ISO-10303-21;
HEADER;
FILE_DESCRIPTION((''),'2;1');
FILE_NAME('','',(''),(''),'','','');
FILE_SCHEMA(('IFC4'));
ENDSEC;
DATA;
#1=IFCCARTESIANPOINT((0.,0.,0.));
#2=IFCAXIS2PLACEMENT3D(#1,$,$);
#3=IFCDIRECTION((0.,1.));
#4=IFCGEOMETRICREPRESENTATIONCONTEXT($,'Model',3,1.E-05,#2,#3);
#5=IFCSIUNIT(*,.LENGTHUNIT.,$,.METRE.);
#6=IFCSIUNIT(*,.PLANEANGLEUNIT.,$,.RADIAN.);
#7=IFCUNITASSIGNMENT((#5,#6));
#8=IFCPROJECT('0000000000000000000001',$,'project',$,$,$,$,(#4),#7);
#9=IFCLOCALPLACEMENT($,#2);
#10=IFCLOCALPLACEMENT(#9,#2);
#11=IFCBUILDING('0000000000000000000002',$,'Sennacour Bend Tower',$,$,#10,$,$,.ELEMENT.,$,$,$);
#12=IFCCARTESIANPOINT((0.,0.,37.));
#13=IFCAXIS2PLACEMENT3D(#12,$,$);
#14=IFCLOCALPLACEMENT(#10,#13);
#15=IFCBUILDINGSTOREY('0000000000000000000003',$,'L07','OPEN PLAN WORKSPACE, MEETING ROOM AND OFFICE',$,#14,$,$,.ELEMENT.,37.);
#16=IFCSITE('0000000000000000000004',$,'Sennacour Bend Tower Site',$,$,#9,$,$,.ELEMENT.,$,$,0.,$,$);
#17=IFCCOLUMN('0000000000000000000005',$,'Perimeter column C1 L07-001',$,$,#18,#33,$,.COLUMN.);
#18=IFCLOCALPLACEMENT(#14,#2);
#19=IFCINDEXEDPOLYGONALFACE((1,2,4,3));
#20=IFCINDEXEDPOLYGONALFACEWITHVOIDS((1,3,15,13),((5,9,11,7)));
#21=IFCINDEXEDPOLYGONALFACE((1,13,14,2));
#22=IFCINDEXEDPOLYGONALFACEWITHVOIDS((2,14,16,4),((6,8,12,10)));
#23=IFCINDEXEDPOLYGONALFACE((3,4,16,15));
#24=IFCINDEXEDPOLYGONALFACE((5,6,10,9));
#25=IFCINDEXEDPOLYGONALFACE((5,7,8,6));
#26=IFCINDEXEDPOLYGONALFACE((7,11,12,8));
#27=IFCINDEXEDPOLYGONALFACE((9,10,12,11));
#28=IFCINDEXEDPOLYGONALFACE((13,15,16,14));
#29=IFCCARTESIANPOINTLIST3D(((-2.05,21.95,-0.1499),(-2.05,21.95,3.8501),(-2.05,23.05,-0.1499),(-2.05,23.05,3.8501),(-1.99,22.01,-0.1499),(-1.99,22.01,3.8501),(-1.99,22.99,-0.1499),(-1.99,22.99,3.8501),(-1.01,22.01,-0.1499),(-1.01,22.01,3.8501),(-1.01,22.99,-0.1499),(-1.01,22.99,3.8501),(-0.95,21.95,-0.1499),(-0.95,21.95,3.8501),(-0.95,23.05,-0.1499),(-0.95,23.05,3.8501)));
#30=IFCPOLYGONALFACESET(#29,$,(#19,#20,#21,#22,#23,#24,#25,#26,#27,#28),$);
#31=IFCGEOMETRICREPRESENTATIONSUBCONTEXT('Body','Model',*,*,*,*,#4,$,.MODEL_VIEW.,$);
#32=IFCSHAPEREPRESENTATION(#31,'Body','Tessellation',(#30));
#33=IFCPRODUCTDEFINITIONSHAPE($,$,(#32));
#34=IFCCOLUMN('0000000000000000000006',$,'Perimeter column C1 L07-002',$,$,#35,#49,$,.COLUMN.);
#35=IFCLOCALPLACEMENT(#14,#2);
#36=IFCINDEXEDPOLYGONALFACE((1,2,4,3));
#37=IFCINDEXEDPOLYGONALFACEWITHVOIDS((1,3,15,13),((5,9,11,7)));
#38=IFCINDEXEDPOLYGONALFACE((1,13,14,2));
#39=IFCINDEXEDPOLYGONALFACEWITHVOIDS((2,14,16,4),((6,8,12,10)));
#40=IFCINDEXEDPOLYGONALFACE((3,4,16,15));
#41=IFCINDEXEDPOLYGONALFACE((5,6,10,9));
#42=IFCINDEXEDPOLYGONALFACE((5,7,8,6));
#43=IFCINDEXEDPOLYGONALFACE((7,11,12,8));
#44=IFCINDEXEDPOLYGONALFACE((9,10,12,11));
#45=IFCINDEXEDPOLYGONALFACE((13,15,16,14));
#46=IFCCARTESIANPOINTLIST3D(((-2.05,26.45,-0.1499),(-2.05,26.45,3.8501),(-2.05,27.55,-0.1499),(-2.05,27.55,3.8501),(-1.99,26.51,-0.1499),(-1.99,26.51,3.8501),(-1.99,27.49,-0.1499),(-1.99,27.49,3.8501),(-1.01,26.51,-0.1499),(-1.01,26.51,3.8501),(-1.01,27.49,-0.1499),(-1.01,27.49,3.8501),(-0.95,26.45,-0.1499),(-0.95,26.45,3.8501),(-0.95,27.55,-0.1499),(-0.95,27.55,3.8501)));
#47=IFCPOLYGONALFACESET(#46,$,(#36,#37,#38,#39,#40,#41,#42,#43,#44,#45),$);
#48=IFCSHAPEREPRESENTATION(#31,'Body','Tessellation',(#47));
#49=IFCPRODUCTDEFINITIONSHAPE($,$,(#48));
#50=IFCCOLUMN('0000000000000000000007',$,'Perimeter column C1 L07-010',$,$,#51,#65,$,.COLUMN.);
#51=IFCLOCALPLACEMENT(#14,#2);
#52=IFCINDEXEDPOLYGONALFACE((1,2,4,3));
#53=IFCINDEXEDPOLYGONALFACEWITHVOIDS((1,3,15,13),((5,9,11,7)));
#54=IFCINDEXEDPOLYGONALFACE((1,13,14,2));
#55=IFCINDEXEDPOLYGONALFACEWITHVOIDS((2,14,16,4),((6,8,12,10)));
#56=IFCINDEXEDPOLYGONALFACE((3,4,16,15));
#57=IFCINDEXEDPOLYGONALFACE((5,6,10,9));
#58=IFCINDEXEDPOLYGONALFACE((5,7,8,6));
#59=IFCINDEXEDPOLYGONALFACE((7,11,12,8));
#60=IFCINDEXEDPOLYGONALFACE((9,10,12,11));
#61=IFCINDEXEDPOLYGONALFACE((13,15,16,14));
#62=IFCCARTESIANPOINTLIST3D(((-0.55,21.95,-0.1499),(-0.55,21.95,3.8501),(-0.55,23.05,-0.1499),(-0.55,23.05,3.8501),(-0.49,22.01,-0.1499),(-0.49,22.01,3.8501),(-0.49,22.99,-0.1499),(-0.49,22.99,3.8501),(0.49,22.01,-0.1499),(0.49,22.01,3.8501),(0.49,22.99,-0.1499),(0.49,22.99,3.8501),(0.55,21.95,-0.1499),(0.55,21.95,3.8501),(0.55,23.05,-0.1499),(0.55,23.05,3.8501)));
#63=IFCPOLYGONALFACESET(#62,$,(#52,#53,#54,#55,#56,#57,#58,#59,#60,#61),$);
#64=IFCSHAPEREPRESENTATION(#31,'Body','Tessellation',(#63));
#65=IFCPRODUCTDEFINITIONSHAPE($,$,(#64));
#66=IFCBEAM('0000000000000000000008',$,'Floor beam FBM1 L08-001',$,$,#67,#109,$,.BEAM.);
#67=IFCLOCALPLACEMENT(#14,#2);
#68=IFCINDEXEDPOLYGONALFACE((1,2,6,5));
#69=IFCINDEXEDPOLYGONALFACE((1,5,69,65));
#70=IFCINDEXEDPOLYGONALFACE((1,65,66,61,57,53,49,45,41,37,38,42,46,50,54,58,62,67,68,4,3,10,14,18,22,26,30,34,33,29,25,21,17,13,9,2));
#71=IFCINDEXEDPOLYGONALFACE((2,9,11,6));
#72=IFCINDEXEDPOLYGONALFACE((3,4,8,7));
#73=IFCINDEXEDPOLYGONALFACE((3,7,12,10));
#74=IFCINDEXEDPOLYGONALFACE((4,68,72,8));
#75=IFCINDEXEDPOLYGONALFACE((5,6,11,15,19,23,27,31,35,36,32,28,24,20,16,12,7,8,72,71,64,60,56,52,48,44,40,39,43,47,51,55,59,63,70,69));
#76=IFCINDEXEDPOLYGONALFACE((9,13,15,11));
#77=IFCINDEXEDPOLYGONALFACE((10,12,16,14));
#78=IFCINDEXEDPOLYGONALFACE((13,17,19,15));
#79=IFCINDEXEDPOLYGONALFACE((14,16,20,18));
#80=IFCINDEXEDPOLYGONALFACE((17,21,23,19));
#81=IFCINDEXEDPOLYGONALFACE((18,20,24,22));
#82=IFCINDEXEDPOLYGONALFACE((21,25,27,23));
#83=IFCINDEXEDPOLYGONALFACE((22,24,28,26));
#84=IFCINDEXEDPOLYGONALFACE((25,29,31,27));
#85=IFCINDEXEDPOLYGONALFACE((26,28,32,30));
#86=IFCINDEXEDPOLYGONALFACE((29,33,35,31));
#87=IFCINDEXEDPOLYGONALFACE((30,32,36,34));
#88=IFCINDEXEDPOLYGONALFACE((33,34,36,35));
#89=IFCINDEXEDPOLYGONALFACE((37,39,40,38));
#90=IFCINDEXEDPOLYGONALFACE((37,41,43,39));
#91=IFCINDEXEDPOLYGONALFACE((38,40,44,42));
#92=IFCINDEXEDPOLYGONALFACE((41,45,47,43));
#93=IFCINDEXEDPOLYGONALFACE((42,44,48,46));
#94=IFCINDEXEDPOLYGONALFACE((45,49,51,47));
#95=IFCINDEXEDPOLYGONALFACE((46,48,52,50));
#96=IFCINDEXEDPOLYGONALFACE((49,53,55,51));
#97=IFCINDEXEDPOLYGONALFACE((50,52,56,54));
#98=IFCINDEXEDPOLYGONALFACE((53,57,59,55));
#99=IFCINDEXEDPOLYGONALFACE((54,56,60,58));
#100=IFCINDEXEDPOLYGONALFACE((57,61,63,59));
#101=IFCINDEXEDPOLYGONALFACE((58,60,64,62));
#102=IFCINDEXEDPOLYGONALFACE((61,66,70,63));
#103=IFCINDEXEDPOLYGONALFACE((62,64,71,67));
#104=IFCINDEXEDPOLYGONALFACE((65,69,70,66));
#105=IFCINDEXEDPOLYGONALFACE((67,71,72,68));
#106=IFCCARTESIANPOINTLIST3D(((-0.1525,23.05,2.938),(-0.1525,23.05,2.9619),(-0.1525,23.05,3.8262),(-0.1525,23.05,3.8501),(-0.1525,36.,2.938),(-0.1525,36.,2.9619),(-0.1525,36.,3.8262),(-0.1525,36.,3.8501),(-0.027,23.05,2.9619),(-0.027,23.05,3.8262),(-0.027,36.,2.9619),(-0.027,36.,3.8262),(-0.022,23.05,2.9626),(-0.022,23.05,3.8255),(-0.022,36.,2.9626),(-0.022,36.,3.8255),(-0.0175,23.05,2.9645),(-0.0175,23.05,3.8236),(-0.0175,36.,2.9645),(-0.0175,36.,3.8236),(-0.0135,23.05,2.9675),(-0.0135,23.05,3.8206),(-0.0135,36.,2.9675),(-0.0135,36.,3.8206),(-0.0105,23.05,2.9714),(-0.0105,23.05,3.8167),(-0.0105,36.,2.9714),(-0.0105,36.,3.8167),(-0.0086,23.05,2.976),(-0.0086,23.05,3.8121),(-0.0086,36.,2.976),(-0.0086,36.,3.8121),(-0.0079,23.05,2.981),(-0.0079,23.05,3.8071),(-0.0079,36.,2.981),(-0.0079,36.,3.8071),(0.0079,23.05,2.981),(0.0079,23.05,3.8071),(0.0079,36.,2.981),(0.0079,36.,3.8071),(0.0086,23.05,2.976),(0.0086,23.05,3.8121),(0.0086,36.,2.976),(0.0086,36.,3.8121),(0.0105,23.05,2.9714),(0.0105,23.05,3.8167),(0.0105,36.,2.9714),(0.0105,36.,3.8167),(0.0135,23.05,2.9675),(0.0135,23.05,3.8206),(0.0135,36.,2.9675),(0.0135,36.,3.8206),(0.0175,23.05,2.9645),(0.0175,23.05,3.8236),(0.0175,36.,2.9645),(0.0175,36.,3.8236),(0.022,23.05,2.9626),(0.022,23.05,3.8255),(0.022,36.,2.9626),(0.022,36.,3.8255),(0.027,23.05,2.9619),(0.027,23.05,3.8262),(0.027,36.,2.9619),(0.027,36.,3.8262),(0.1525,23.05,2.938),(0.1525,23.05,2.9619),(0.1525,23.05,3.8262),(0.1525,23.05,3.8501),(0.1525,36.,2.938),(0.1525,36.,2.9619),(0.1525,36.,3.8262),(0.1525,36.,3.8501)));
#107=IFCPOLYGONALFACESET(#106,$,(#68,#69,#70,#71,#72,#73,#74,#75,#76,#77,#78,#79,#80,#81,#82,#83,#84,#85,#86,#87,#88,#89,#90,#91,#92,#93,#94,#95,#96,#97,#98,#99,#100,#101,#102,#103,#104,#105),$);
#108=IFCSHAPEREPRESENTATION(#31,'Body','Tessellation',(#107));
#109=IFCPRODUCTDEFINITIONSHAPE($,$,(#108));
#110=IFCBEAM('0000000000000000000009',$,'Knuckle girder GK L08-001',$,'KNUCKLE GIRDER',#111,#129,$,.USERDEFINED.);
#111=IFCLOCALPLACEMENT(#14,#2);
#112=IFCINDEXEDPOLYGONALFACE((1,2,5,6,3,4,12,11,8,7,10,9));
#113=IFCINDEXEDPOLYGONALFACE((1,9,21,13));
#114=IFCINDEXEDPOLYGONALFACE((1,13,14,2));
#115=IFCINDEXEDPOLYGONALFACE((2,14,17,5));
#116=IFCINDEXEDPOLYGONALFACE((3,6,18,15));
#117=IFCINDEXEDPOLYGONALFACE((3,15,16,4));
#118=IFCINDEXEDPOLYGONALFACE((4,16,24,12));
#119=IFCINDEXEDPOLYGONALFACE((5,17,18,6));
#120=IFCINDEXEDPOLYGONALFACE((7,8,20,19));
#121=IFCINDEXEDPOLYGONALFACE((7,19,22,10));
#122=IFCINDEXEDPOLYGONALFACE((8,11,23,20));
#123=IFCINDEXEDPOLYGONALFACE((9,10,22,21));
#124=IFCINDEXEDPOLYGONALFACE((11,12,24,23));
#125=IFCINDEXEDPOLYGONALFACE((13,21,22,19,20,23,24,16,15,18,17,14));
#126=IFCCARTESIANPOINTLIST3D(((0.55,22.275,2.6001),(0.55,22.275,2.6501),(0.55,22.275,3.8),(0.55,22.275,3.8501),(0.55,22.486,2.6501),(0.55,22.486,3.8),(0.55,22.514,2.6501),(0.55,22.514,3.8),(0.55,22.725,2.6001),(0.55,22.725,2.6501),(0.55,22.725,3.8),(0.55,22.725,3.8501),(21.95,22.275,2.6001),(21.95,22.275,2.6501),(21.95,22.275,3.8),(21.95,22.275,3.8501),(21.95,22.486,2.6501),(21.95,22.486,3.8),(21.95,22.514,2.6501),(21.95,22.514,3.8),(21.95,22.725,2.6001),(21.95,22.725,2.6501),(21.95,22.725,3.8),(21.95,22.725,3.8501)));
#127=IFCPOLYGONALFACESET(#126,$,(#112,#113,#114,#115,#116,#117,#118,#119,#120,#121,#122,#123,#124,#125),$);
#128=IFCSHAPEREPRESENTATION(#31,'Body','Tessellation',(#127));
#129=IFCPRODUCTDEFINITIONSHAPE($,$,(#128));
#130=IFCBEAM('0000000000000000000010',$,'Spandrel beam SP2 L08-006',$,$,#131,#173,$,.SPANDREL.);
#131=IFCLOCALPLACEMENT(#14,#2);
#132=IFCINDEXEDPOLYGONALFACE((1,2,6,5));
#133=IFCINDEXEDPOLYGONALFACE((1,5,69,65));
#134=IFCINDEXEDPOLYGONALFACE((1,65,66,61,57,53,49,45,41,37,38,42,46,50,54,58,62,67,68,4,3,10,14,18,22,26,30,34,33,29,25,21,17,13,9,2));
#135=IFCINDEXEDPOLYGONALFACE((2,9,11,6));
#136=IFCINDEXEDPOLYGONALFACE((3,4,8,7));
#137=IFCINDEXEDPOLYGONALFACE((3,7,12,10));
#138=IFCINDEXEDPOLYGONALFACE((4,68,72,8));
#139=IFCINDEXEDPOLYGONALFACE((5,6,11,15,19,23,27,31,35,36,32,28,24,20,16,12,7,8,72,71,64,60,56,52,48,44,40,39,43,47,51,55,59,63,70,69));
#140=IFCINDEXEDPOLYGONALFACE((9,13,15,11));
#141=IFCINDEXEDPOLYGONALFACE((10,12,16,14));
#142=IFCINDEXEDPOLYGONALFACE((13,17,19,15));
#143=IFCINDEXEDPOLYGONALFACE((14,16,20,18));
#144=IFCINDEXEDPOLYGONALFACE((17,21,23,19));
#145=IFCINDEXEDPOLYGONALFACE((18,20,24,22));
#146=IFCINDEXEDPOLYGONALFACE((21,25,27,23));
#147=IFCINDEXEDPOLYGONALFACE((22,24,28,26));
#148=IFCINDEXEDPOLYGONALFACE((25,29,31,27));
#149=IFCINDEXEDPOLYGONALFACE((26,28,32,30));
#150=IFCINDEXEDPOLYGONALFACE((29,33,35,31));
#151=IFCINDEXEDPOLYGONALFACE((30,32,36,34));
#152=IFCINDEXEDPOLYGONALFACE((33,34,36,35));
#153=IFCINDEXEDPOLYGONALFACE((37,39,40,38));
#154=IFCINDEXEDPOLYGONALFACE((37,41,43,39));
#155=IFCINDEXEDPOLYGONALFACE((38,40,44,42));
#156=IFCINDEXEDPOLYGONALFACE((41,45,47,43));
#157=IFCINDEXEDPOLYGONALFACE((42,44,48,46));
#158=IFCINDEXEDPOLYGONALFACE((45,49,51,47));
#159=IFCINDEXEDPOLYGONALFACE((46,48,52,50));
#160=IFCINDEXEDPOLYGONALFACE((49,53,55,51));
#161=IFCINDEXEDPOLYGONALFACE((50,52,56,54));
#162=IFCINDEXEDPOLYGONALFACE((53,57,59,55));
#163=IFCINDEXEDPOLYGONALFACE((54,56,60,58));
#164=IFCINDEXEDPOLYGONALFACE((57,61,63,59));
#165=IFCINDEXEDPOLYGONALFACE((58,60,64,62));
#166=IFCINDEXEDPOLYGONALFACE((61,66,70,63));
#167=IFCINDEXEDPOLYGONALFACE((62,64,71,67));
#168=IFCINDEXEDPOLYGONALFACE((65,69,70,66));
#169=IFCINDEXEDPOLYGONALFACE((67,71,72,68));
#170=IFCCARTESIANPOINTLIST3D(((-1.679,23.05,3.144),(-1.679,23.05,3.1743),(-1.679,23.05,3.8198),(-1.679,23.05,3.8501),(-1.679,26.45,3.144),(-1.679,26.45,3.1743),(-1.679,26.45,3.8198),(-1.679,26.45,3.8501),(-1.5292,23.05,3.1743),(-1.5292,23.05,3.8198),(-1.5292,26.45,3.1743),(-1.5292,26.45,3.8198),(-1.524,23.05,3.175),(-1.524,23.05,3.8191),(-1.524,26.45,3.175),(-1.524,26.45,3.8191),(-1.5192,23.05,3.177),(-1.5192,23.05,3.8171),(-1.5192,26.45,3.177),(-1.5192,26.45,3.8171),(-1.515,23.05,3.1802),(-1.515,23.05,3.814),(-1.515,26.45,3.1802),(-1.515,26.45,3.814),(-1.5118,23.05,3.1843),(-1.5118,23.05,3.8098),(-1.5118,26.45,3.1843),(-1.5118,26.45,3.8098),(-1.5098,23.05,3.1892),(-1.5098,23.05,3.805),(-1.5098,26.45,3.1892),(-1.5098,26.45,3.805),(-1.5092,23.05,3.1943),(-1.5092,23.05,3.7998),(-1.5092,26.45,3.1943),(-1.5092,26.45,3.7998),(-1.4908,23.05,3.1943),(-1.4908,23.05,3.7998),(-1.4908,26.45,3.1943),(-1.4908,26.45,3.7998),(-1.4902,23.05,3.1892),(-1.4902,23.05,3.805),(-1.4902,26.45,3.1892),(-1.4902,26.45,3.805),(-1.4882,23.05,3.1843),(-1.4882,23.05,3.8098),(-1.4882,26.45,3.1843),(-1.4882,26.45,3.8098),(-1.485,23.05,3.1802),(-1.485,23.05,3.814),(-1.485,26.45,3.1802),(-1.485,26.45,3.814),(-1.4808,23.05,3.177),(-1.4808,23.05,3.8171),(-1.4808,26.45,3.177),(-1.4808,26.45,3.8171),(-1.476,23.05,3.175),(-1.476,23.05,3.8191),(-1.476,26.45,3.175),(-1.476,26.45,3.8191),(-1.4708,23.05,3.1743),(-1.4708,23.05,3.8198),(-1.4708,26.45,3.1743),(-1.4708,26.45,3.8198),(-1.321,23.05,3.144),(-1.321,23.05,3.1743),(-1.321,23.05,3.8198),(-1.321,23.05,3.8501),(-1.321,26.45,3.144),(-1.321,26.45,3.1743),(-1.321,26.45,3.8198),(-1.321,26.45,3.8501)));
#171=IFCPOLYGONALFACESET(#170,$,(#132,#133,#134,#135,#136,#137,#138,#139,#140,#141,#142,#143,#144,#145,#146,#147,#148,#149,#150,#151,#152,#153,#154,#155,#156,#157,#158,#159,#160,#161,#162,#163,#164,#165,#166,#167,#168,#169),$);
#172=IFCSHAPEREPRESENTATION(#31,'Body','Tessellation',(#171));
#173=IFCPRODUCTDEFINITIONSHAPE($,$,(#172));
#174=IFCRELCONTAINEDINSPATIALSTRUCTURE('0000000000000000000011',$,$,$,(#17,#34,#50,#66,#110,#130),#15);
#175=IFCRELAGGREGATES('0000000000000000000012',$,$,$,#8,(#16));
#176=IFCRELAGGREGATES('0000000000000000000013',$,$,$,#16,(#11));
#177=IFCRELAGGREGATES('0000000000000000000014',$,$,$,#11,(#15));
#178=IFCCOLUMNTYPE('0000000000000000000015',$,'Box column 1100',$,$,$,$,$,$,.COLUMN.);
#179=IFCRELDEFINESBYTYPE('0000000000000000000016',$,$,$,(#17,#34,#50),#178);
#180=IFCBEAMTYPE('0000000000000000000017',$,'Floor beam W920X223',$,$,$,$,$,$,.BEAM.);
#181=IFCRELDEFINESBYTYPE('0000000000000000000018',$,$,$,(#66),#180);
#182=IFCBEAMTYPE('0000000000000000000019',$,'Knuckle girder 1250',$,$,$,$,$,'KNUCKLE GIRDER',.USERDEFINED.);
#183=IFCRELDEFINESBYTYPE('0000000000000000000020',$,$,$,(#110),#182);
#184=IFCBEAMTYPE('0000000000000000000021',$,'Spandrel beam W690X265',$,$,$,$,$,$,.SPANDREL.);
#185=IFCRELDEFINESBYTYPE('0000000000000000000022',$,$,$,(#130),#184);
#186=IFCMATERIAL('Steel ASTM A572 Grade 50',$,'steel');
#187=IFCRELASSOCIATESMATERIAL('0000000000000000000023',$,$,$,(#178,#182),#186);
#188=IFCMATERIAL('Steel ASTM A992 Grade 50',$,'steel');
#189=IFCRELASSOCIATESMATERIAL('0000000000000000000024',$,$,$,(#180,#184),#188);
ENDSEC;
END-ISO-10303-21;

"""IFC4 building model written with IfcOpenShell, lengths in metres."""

from ifc_helpers import new_model, si_unit, direction, frame, origin, origin_2d, place, context, subcontext, project, spatial, hollow_rectangle, i_section, extrude, material, material_profile, profile_set, type_object, element, save


model = new_model("IFC4")

# Units and contexts
model_context = context("Model", 3, precision=1e-05, world=origin(), true_north=direction((0.0, 1.0)))
body_context = subcontext(model_context, "Body", "Model", "MODEL_VIEW")
ifc_project = project(units=[si_unit("LENGTHUNIT", "METRE"), si_unit("PLANEANGLEUNIT", "RADIAN")], contexts=[model_context])

# Site, building, storey
site_placement = place(None, origin())
site = spatial("IfcSite", under=ifc_project, at=site_placement, Name="Sennacour Bend Tower Site", CompositionType="ELEMENT", RefElevation=0.0)
building_placement = place(site_placement, origin())
building = spatial("IfcBuilding", under=site, at=building_placement, Name="Sennacour Bend Tower", CompositionType="ELEMENT")
storey_placement = place(building_placement, frame((0.0, 0.0, 37.0)))
storey = spatial("IfcBuildingStorey", under=building, at=storey_placement, Name="L07", Description="OPEN PLAN WORKSPACE, MEETING ROOM AND OFFICE", CompositionType="ELEMENT", Elevation=37.0)

# Columns
ifc_material_1 = material(Name="Steel ASTM A572 Grade 50", Category="steel")
ifc_material_profile_1 = material_profile(ifc_material_1, hollow_rectangle(XDim=1.1001, YDim=1.1001, WallThickness=0.0601, at=origin_2d()), Name="Steel ASTM A572 Grade 50", Category="steel")
ifc_profile_set_1 = profile_set([ifc_material_profile_1], Name="Steel ASTM A572 Grade 50")
column_type = type_object("IfcColumnType", Name="Box column 1100", PredefinedType="COLUMN", material=ifc_profile_set_1)
for number, where, z_axis, x_axis, name in (
    (1, (-1.5, 22.5, -0.1499), (0.0, 0.0, 1.0), (1.0, 0.0, 0.0), "Perimeter column C1 L07-001"),
    (2, (-1.5, 27.0, -0.1499), (0.0, 0.0, 1.0), (1.0, 0.0, 0.0), "Perimeter column C1 L07-002"),
    (3, (0.0, 22.5, -0.1499), (0.0, 0.0, 1.0), (1.0, 0.0, 0.0), "Perimeter column C1 L07-010"),
):
    element("IfcColumn", number, at=place(storey_placement, frame(where, z_axis=z_axis, x_axis=x_axis)), inside=storey, type_object=column_type, Name=name, PredefinedType="COLUMN", context=body_context, shape_type="SweptSolid", body=[
        extrude(hollow_rectangle(XDim=1.1001, YDim=1.1001, WallThickness=0.0601, at=origin_2d()), origin(), (0.0, 0.0, 1.0), 4.0),
    ])

# Beams
ifc_material_2 = material(Name="Steel ASTM A992 Grade 50", Category="steel")
ifc_material_profile_2 = material_profile(ifc_material_2, i_section(OverallWidth=0.3049, OverallDepth=0.9121, WebThickness=0.0159, FlangeThickness=0.0239, FilletRadius=0.019, at=origin_2d()), Name="Steel ASTM A992 Grade 50", Category="steel")
ifc_profile_set_2 = profile_set([ifc_material_profile_2], Name="Steel ASTM A992 Grade 50")
beam_type_1 = type_object("IfcBeamType", Name="Floor beam W920X223", PredefinedType="BEAM", material=ifc_profile_set_2)
beam_1_placement = place(storey_placement, frame((0.0, 23.05, 3.394), z_axis=(0.0, 1.0, 0.0), x_axis=(-1.0, 0.0, 0.0)))
element("IfcBeam", 4, at=beam_1_placement, inside=storey, type_object=beam_type_1, Name="Floor beam FBM1 L08-001", PredefinedType="BEAM", context=body_context, shape_type="SweptSolid", body=[
    extrude(i_section(OverallWidth=0.3049, OverallDepth=0.9121, WebThickness=0.0159, FlangeThickness=0.0239, FilletRadius=0.019, at=origin_2d()), origin(), (0.0, 0.0, 1.0), 12.95),
])
ifc_material_profile_3 = material_profile(ifc_material_1, i_section(OverallWidth=0.45, OverallDepth=1.25, WebThickness=0.0281, FlangeThickness=0.05, at=origin_2d()), Name="Steel ASTM A572 Grade 50", Category="steel")
ifc_profile_set_3 = profile_set([ifc_material_profile_3], Name="Steel ASTM A572 Grade 50")
beam_type_2 = type_object("IfcBeamType", Name="Knuckle girder 1250", ElementType="KNUCKLE GIRDER", PredefinedType="USERDEFINED", material=ifc_profile_set_3)
beam_2_placement = place(storey_placement, frame((0.55, 22.5, 3.2251), z_axis=(1.0, 0.0, 0.0), x_axis=(0.0, 1.0, 0.0)))
element("IfcBeam", 5, at=beam_2_placement, inside=storey, type_object=beam_type_2, Name="Knuckle girder GK L08-001", ObjectType="KNUCKLE GIRDER", PredefinedType="USERDEFINED", context=body_context, shape_type="SweptSolid", body=[
    extrude(i_section(OverallWidth=0.45, OverallDepth=1.25, WebThickness=0.0281, FlangeThickness=0.05, at=origin_2d()), origin(), (0.0, 0.0, 1.0), 21.3999),
])
ifc_material_profile_4 = material_profile(ifc_material_2, i_section(OverallWidth=0.3579, OverallDepth=0.7061, WebThickness=0.0183, FlangeThickness=0.0303, FilletRadius=0.02, at=origin_2d()), Name="Steel ASTM A992 Grade 50", Category="steel")
ifc_profile_set_4 = profile_set([ifc_material_profile_4], Name="Steel ASTM A992 Grade 50")
beam_type_3 = type_object("IfcBeamType", Name="Spandrel beam W690X265", PredefinedType="SPANDREL", material=ifc_profile_set_4)
for number, where, z_axis, x_axis, name in (
    (6, (-1.5, 23.05, 3.4971), (0.0, 1.0, 0.0), (-1.0, 0.0, 0.0), "Spandrel beam SP2 L08-006"),
):
    element("IfcBeam", number, at=place(storey_placement, frame(where, z_axis=z_axis, x_axis=x_axis)), inside=storey, type_object=beam_type_3, Name=name, PredefinedType="SPANDREL", context=body_context, shape_type="SweptSolid", body=[
        extrude(i_section(OverallWidth=0.3579, OverallDepth=0.7061, WebThickness=0.0183, FlangeThickness=0.0303, FilletRadius=0.02, at=origin_2d()), origin(), (0.0, 0.0, 1.0), 3.3999),
    ])

save(model, "model.ifc")
